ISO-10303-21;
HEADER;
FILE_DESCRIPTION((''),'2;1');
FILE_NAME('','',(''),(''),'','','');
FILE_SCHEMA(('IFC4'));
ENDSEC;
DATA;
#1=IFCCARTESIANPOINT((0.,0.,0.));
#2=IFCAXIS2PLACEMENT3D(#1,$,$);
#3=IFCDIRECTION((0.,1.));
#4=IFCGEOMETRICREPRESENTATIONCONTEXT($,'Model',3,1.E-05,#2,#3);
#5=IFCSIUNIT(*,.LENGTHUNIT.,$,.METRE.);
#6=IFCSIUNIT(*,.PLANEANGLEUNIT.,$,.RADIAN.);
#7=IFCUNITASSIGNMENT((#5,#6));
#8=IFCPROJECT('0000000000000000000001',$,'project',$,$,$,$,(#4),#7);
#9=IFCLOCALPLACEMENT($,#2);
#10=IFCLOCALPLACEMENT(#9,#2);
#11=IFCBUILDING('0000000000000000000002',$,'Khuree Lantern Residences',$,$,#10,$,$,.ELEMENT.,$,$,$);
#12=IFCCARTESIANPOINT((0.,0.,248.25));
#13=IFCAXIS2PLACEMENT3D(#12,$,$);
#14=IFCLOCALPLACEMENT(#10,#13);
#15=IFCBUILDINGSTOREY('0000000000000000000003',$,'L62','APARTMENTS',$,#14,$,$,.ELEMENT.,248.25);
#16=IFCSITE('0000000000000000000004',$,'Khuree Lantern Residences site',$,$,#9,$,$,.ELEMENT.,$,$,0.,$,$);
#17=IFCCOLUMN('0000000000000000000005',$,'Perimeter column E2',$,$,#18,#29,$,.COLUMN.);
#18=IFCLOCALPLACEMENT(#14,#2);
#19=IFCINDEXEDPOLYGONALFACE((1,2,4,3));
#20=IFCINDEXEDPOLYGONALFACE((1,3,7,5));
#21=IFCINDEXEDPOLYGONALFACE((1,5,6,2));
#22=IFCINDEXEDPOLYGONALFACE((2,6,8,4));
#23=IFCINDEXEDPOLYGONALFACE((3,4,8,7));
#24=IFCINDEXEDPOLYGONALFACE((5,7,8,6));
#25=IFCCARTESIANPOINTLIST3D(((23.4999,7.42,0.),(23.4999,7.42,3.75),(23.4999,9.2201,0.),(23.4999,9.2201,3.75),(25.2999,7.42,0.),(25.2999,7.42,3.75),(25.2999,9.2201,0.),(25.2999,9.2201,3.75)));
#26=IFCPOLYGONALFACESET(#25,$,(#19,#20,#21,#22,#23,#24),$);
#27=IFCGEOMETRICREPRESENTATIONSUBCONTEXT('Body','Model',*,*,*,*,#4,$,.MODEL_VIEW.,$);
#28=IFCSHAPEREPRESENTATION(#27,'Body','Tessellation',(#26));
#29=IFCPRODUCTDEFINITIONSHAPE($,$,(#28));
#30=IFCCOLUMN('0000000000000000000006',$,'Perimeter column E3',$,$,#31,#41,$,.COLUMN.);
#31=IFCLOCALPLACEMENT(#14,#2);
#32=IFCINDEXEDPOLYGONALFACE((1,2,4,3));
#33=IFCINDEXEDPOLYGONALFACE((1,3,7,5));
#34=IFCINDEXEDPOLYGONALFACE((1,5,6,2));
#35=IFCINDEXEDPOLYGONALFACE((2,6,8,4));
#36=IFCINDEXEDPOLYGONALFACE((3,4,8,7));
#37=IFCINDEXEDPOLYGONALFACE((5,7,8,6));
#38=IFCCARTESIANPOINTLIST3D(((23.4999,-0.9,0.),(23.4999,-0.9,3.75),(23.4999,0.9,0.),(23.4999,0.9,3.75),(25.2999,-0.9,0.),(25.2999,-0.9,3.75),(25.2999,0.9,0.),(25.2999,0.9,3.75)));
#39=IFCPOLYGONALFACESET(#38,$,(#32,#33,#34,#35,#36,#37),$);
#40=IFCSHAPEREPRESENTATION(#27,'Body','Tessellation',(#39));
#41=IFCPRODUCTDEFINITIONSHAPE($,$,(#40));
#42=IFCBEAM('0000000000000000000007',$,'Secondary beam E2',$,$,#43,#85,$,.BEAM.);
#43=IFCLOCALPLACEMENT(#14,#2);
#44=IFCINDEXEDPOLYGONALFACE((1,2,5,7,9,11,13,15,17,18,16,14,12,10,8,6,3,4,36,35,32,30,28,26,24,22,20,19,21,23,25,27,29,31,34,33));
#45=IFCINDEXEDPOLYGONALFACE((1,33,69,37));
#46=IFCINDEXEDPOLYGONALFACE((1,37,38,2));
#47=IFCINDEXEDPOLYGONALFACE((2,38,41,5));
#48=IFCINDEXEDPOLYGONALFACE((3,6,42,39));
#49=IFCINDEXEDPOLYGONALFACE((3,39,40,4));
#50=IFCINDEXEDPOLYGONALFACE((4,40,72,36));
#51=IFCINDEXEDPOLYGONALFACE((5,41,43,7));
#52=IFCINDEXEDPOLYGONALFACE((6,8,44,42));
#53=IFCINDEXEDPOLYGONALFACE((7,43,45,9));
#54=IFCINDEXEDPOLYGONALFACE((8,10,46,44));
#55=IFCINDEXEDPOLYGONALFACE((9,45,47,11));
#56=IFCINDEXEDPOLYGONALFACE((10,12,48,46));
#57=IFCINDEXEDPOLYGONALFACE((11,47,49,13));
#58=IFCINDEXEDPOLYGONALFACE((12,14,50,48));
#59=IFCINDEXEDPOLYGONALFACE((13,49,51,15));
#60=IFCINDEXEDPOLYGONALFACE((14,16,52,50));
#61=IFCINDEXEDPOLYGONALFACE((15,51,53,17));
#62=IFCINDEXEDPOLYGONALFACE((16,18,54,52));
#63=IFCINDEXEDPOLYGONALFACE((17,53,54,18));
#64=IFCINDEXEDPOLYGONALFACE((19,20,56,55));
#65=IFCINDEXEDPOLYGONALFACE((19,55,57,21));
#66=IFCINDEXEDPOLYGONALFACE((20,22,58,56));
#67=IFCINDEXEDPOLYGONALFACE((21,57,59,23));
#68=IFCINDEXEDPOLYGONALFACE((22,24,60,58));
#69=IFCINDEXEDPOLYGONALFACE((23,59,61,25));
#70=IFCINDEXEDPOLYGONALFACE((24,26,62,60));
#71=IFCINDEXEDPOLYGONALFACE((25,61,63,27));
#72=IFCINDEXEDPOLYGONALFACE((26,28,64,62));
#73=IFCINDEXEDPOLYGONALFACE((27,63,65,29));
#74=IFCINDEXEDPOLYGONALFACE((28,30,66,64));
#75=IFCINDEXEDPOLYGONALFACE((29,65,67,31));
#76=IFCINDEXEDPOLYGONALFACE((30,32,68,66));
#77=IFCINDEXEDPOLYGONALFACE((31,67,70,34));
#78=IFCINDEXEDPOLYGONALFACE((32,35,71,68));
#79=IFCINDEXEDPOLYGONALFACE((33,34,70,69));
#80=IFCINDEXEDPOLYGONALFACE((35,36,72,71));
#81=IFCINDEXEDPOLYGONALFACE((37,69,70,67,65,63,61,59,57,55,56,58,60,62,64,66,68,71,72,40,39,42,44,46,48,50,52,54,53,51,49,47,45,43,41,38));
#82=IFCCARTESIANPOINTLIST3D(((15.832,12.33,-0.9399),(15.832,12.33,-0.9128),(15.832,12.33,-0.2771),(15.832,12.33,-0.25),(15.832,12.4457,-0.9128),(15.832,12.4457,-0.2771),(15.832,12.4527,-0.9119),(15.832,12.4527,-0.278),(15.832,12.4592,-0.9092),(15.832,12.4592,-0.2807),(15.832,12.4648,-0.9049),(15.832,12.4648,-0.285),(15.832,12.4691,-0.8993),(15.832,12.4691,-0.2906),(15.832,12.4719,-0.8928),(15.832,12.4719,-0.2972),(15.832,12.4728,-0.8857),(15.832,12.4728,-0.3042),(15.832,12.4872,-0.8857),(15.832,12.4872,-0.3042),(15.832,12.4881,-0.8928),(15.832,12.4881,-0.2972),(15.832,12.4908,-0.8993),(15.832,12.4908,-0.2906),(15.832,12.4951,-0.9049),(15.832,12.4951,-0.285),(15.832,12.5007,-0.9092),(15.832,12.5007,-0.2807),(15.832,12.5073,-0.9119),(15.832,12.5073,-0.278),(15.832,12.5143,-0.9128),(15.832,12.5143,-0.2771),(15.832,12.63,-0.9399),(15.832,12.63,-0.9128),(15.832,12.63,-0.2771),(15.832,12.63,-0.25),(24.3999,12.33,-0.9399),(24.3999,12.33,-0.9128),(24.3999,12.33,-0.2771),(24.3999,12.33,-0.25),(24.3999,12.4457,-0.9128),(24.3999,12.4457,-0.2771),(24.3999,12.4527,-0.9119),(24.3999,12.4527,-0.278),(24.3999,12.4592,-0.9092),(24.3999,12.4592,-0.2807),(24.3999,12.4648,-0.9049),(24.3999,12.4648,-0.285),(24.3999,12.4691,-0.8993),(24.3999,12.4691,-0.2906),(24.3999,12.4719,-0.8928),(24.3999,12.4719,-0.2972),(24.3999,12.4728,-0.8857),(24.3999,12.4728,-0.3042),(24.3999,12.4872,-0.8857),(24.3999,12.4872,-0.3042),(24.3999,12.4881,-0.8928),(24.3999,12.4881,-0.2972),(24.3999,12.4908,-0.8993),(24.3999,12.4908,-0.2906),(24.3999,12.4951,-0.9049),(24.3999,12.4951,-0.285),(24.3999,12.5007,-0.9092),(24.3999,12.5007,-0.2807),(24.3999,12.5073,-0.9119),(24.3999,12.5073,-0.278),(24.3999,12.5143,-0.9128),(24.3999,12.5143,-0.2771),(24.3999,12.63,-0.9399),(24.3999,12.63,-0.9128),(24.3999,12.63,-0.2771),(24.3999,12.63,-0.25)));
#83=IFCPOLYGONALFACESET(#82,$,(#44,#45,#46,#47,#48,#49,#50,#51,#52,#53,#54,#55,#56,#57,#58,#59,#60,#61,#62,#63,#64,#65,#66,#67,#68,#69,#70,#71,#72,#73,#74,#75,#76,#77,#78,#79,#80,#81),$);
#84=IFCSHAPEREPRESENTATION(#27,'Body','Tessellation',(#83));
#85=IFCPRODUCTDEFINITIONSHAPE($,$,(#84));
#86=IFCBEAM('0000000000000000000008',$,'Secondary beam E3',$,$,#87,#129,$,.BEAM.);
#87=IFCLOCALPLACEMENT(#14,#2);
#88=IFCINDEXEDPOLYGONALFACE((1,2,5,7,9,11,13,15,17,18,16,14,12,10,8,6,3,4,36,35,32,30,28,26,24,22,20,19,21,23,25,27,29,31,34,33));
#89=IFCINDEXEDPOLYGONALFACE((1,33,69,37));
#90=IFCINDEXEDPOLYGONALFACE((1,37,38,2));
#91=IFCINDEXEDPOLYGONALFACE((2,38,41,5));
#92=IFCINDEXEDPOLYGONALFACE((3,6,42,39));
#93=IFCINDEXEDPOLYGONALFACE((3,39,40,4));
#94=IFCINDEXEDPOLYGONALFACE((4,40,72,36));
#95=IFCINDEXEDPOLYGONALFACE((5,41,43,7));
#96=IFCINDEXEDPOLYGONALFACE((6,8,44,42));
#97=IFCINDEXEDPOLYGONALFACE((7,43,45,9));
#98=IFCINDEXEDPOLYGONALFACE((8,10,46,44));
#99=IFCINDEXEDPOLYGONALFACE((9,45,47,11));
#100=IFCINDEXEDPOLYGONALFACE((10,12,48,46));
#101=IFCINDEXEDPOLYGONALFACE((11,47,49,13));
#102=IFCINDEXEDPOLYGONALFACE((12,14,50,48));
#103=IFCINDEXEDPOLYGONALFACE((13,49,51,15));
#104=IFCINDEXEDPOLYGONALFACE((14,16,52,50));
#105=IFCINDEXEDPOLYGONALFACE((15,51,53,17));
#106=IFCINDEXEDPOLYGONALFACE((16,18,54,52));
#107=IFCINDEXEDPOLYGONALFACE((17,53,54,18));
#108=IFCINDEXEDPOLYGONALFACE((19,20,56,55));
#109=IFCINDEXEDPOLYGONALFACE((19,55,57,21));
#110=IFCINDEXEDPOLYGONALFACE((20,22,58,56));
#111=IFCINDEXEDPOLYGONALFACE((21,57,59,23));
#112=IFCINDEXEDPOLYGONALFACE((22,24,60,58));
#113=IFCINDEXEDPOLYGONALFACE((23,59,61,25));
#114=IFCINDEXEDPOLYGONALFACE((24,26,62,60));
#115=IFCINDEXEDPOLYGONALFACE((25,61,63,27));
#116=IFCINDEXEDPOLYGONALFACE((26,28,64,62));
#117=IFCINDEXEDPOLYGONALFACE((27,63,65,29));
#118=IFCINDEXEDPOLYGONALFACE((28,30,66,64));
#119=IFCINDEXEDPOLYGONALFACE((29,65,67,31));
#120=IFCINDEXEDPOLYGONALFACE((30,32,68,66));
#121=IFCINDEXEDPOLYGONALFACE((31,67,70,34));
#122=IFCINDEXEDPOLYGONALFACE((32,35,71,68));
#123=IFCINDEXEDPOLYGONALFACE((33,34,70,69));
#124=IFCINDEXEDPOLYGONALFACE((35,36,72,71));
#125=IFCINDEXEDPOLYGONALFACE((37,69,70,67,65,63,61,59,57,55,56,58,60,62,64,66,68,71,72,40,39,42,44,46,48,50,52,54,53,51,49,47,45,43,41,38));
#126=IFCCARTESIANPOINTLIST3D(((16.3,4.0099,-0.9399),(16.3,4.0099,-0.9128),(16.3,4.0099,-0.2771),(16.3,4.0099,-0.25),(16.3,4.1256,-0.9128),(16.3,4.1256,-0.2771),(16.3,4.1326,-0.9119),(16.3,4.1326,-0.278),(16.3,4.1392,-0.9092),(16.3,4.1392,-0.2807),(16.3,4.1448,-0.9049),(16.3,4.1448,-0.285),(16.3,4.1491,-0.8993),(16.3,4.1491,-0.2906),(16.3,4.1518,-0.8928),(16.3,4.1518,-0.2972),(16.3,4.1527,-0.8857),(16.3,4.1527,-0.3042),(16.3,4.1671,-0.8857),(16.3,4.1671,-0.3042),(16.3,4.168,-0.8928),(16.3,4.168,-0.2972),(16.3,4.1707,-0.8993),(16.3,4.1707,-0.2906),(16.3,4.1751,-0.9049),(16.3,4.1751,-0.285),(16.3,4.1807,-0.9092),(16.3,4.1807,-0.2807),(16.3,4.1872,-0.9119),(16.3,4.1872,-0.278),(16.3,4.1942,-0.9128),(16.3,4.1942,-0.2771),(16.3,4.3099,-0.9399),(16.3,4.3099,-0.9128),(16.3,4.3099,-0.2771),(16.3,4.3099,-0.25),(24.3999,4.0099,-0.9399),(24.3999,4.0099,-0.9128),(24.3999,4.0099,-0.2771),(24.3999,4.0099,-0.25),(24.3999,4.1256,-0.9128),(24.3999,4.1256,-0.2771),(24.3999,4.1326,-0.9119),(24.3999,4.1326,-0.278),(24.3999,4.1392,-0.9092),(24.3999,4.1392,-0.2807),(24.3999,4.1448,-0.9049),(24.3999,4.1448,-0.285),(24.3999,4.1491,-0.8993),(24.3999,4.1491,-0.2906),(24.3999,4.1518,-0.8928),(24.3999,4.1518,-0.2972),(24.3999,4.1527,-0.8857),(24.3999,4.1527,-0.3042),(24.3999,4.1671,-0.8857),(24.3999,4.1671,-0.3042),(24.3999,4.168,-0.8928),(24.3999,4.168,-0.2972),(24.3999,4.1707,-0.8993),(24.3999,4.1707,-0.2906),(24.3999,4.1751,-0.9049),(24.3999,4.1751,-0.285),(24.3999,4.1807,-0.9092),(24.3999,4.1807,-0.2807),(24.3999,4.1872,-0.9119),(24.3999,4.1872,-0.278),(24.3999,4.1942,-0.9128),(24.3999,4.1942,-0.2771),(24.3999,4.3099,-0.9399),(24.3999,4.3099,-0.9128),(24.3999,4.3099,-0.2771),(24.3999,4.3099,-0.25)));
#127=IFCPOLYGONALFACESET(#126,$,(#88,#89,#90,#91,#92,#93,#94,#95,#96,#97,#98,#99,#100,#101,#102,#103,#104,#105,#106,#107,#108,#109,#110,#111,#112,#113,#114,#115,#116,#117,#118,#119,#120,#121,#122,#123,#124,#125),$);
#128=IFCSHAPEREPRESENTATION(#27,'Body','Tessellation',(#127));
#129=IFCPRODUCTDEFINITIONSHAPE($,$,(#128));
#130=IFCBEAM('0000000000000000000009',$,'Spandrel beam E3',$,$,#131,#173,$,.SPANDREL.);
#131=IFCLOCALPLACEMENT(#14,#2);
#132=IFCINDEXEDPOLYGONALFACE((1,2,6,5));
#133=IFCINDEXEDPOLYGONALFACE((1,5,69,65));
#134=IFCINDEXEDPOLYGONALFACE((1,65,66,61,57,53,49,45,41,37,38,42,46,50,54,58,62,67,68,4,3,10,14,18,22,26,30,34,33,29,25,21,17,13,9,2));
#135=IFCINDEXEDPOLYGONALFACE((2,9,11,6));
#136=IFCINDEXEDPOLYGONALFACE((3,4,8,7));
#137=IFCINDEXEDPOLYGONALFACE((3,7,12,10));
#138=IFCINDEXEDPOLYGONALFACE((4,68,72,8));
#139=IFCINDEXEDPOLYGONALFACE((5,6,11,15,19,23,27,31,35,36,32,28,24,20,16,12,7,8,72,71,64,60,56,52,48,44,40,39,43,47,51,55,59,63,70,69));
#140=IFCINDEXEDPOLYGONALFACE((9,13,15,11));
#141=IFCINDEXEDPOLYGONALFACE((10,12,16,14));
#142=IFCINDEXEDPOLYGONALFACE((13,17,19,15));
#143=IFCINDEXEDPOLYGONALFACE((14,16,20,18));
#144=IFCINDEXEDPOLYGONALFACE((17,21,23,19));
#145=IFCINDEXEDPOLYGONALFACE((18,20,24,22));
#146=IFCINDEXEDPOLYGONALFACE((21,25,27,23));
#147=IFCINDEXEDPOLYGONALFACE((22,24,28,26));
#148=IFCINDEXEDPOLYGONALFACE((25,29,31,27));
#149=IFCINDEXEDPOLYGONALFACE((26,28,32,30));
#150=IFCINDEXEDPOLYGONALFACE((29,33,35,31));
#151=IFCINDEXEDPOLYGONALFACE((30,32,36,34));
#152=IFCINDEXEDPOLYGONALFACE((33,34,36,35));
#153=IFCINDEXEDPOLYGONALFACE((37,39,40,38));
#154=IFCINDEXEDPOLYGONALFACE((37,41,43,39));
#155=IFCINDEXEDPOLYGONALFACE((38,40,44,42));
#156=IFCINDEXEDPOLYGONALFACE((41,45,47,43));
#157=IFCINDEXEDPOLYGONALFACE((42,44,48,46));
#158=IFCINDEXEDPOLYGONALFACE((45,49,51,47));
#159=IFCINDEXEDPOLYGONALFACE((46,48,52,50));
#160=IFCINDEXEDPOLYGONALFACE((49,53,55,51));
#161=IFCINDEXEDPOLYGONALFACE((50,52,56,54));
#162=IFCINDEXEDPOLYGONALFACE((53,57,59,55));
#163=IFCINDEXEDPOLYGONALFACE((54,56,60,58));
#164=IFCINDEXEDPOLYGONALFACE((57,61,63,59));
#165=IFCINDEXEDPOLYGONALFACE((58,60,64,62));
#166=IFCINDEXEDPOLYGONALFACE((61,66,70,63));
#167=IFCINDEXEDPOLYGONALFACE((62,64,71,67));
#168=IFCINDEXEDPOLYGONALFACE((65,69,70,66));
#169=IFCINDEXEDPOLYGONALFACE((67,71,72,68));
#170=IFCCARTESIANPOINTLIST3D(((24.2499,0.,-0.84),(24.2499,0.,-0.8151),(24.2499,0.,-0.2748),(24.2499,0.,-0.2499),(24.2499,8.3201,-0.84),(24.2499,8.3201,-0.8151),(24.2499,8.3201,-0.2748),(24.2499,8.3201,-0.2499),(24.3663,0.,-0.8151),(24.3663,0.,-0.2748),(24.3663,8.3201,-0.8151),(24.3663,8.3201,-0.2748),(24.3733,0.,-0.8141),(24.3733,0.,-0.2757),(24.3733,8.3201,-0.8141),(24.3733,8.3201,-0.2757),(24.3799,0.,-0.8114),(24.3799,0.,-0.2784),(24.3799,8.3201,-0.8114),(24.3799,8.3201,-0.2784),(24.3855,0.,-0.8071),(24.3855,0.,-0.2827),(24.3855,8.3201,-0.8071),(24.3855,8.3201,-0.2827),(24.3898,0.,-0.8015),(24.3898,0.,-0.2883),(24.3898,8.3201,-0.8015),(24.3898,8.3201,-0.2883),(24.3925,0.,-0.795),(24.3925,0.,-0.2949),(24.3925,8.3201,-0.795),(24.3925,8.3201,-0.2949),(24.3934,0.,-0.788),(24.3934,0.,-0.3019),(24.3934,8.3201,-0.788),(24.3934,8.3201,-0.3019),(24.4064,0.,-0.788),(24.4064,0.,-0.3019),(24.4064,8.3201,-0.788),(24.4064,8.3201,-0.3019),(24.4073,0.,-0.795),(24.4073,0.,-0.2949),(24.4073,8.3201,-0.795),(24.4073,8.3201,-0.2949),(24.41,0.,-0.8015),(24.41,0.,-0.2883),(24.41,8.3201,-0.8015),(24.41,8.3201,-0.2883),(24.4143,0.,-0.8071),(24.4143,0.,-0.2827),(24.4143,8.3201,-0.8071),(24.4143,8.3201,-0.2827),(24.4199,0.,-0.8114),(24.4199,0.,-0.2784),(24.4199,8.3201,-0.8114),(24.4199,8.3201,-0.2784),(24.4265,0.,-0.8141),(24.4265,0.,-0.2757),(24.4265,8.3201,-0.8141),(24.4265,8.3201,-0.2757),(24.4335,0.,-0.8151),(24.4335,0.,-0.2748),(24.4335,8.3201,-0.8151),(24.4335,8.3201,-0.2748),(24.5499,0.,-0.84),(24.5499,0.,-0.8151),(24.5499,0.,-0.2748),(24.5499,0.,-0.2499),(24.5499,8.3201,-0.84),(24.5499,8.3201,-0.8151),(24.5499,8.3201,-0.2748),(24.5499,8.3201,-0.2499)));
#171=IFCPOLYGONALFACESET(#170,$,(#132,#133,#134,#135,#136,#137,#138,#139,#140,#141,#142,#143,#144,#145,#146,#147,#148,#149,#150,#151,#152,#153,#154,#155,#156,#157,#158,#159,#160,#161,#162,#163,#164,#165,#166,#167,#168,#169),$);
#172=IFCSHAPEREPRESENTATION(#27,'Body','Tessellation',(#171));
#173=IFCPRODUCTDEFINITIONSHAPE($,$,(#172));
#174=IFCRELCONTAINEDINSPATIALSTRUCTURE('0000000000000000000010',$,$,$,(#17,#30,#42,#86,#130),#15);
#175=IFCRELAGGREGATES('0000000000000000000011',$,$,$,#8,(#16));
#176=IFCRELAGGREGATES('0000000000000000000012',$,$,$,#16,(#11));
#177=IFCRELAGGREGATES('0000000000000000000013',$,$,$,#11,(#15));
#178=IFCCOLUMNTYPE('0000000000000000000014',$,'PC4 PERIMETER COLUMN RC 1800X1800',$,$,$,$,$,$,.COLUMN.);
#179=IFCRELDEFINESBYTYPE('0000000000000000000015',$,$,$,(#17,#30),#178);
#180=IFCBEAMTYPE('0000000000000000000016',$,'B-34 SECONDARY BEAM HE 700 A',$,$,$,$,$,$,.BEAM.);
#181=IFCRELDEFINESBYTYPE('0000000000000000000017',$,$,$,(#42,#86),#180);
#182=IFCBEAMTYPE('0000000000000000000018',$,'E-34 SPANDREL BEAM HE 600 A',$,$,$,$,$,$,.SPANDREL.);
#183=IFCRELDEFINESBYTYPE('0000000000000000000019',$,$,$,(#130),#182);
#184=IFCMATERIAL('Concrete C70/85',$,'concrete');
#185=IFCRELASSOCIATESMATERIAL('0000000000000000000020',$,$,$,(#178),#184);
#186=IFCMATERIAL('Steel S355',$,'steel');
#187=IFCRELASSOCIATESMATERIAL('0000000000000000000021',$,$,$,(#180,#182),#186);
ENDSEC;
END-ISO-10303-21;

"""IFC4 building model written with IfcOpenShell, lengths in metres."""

from ifc_helpers import new_model, si_unit, direction, frame, origin, origin_2d, place, context, subcontext, project, spatial, rectangle, i_section, extrude, material, material_profile, profile_set, type_object, element, save


model = new_model("IFC4")

# Units and contexts
model_context = context("Model", 3, precision=1e-05, world=origin(), true_north=direction((0.0, 1.0)))
body_context = subcontext(model_context, "Body", "Model", "MODEL_VIEW")
ifc_project = project(units=[si_unit("LENGTHUNIT", "METRE"), si_unit("PLANEANGLEUNIT", "RADIAN")], contexts=[model_context])

# Site, building, storey
site_placement = place(None, origin())
site = spatial("IfcSite", under=ifc_project, at=site_placement, Name="Khuree Lantern Residences site", CompositionType="ELEMENT", RefElevation=0.0)
building_placement = place(site_placement, origin())
building = spatial("IfcBuilding", under=site, at=building_placement, Name="Khuree Lantern Residences", CompositionType="ELEMENT")
storey_placement = place(building_placement, frame((0.0, 0.0, 248.25)))
storey = spatial("IfcBuildingStorey", under=building, at=storey_placement, Name="L62", Description="APARTMENTS", CompositionType="ELEMENT", Elevation=248.25)

# Columns
ifc_material_1 = material(Name="Concrete C70/85", Category="concrete")
ifc_material_profile_1 = material_profile(ifc_material_1, rectangle(XDim=1.8, YDim=1.8, at=origin_2d()), Name="RC 1800X1800")
ifc_profile_set_1 = profile_set([ifc_material_profile_1], Name="Concrete C70/85")
column_type = type_object("IfcColumnType", Name="PC4 PERIMETER COLUMN RC 1800X1800", PredefinedType="COLUMN", material=ifc_profile_set_1)
for number, where, z_axis, x_axis, name in (
    (1, (24.3999, 8.3201, 0.0), (0.0, 0.0, 1.0), (0.0, 1.0, 0.0), "Perimeter column E2"),
    (2, (24.3999, 0.0, 0.0), (0.0, 0.0, 1.0), (0.0, 1.0, 0.0), "Perimeter column E3"),
):
    element("IfcColumn", number, at=place(storey_placement, frame(where, z_axis=z_axis, x_axis=x_axis)), inside=storey, type_object=column_type, Name=name, PredefinedType="COLUMN", context=body_context, shape_type="SweptSolid", body=[
        extrude(rectangle(XDim=1.8, YDim=1.8, at=origin_2d()), origin(), (0.0, 0.0, 1.0), 3.75),
    ])

# Beams
ifc_material_2 = material(Name="Steel S355", Category="steel")
ifc_material_profile_2 = material_profile(ifc_material_2, i_section(OverallWidth=0.3, OverallDepth=0.6899, WebThickness=0.0144, FlangeThickness=0.0271, FilletRadius=0.0271, at=origin_2d()), Name="HE 700 A")
ifc_profile_set_2 = profile_set([ifc_material_profile_2], Name="Steel S355")
beam_type_1 = type_object("IfcBeamType", Name="B-34 SECONDARY BEAM HE 700 A", PredefinedType="BEAM", material=ifc_profile_set_2)
beam_1_placement = place(storey_placement, frame((24.3999, 12.48, -0.595), z_axis=(-1.0, 0.0, 0.0), x_axis=(0.0, -1.0, 0.0)))
element("IfcBeam", 3, at=beam_1_placement, inside=storey, type_object=beam_type_1, Name="Secondary beam E2", PredefinedType="BEAM", context=body_context, shape_type="SweptSolid", body=[
    extrude(i_section(OverallWidth=0.3, OverallDepth=0.6899, WebThickness=0.0144, FlangeThickness=0.0271, FilletRadius=0.0271, at=origin_2d()), origin(), (0.0, 0.0, 1.0), 8.5679),
])
beam_2_placement = place(storey_placement, frame((24.3999, 4.1599, -0.595), z_axis=(-1.0, 0.0, 0.0), x_axis=(0.0, -1.0, 0.0)))
element("IfcBeam", 4, at=beam_2_placement, inside=storey, type_object=beam_type_1, Name="Secondary beam E3", PredefinedType="BEAM", context=body_context, shape_type="SweptSolid", body=[
    extrude(i_section(OverallWidth=0.3, OverallDepth=0.6899, WebThickness=0.0144, FlangeThickness=0.0271, FilletRadius=0.0271, at=origin_2d()), origin(), (0.0, 0.0, 1.0), 8.0999),
])
ifc_material_profile_3 = material_profile(ifc_material_2, i_section(OverallWidth=0.3, OverallDepth=0.5901, WebThickness=0.0129, FlangeThickness=0.0249, FilletRadius=0.0271, at=origin_2d()), Name="HE 600 A")
ifc_profile_set_3 = profile_set([ifc_material_profile_3], Name="Steel S355")
beam_type_2 = type_object("IfcBeamType", Name="E-34 SPANDREL BEAM HE 600 A", PredefinedType="SPANDREL", material=ifc_profile_set_3)
for number, where, z_axis, x_axis, name in (
    (5, (24.3999, 8.3201, -0.5449), (0.0, -1.0, 0.0), (1.0, 0.0, 0.0), "Spandrel beam E3"),
):
    element("IfcBeam", number, at=place(storey_placement, frame(where, z_axis=z_axis, x_axis=x_axis)), inside=storey, type_object=beam_type_2, Name=name, PredefinedType="SPANDREL", context=body_context, shape_type="SweptSolid", body=[
        extrude(i_section(OverallWidth=0.3, OverallDepth=0.5901, WebThickness=0.0129, FlangeThickness=0.0249, FilletRadius=0.0271, at=origin_2d()), origin(), (0.0, 0.0, 1.0), 8.3201),
    ])

save(model, "model.ifc")
